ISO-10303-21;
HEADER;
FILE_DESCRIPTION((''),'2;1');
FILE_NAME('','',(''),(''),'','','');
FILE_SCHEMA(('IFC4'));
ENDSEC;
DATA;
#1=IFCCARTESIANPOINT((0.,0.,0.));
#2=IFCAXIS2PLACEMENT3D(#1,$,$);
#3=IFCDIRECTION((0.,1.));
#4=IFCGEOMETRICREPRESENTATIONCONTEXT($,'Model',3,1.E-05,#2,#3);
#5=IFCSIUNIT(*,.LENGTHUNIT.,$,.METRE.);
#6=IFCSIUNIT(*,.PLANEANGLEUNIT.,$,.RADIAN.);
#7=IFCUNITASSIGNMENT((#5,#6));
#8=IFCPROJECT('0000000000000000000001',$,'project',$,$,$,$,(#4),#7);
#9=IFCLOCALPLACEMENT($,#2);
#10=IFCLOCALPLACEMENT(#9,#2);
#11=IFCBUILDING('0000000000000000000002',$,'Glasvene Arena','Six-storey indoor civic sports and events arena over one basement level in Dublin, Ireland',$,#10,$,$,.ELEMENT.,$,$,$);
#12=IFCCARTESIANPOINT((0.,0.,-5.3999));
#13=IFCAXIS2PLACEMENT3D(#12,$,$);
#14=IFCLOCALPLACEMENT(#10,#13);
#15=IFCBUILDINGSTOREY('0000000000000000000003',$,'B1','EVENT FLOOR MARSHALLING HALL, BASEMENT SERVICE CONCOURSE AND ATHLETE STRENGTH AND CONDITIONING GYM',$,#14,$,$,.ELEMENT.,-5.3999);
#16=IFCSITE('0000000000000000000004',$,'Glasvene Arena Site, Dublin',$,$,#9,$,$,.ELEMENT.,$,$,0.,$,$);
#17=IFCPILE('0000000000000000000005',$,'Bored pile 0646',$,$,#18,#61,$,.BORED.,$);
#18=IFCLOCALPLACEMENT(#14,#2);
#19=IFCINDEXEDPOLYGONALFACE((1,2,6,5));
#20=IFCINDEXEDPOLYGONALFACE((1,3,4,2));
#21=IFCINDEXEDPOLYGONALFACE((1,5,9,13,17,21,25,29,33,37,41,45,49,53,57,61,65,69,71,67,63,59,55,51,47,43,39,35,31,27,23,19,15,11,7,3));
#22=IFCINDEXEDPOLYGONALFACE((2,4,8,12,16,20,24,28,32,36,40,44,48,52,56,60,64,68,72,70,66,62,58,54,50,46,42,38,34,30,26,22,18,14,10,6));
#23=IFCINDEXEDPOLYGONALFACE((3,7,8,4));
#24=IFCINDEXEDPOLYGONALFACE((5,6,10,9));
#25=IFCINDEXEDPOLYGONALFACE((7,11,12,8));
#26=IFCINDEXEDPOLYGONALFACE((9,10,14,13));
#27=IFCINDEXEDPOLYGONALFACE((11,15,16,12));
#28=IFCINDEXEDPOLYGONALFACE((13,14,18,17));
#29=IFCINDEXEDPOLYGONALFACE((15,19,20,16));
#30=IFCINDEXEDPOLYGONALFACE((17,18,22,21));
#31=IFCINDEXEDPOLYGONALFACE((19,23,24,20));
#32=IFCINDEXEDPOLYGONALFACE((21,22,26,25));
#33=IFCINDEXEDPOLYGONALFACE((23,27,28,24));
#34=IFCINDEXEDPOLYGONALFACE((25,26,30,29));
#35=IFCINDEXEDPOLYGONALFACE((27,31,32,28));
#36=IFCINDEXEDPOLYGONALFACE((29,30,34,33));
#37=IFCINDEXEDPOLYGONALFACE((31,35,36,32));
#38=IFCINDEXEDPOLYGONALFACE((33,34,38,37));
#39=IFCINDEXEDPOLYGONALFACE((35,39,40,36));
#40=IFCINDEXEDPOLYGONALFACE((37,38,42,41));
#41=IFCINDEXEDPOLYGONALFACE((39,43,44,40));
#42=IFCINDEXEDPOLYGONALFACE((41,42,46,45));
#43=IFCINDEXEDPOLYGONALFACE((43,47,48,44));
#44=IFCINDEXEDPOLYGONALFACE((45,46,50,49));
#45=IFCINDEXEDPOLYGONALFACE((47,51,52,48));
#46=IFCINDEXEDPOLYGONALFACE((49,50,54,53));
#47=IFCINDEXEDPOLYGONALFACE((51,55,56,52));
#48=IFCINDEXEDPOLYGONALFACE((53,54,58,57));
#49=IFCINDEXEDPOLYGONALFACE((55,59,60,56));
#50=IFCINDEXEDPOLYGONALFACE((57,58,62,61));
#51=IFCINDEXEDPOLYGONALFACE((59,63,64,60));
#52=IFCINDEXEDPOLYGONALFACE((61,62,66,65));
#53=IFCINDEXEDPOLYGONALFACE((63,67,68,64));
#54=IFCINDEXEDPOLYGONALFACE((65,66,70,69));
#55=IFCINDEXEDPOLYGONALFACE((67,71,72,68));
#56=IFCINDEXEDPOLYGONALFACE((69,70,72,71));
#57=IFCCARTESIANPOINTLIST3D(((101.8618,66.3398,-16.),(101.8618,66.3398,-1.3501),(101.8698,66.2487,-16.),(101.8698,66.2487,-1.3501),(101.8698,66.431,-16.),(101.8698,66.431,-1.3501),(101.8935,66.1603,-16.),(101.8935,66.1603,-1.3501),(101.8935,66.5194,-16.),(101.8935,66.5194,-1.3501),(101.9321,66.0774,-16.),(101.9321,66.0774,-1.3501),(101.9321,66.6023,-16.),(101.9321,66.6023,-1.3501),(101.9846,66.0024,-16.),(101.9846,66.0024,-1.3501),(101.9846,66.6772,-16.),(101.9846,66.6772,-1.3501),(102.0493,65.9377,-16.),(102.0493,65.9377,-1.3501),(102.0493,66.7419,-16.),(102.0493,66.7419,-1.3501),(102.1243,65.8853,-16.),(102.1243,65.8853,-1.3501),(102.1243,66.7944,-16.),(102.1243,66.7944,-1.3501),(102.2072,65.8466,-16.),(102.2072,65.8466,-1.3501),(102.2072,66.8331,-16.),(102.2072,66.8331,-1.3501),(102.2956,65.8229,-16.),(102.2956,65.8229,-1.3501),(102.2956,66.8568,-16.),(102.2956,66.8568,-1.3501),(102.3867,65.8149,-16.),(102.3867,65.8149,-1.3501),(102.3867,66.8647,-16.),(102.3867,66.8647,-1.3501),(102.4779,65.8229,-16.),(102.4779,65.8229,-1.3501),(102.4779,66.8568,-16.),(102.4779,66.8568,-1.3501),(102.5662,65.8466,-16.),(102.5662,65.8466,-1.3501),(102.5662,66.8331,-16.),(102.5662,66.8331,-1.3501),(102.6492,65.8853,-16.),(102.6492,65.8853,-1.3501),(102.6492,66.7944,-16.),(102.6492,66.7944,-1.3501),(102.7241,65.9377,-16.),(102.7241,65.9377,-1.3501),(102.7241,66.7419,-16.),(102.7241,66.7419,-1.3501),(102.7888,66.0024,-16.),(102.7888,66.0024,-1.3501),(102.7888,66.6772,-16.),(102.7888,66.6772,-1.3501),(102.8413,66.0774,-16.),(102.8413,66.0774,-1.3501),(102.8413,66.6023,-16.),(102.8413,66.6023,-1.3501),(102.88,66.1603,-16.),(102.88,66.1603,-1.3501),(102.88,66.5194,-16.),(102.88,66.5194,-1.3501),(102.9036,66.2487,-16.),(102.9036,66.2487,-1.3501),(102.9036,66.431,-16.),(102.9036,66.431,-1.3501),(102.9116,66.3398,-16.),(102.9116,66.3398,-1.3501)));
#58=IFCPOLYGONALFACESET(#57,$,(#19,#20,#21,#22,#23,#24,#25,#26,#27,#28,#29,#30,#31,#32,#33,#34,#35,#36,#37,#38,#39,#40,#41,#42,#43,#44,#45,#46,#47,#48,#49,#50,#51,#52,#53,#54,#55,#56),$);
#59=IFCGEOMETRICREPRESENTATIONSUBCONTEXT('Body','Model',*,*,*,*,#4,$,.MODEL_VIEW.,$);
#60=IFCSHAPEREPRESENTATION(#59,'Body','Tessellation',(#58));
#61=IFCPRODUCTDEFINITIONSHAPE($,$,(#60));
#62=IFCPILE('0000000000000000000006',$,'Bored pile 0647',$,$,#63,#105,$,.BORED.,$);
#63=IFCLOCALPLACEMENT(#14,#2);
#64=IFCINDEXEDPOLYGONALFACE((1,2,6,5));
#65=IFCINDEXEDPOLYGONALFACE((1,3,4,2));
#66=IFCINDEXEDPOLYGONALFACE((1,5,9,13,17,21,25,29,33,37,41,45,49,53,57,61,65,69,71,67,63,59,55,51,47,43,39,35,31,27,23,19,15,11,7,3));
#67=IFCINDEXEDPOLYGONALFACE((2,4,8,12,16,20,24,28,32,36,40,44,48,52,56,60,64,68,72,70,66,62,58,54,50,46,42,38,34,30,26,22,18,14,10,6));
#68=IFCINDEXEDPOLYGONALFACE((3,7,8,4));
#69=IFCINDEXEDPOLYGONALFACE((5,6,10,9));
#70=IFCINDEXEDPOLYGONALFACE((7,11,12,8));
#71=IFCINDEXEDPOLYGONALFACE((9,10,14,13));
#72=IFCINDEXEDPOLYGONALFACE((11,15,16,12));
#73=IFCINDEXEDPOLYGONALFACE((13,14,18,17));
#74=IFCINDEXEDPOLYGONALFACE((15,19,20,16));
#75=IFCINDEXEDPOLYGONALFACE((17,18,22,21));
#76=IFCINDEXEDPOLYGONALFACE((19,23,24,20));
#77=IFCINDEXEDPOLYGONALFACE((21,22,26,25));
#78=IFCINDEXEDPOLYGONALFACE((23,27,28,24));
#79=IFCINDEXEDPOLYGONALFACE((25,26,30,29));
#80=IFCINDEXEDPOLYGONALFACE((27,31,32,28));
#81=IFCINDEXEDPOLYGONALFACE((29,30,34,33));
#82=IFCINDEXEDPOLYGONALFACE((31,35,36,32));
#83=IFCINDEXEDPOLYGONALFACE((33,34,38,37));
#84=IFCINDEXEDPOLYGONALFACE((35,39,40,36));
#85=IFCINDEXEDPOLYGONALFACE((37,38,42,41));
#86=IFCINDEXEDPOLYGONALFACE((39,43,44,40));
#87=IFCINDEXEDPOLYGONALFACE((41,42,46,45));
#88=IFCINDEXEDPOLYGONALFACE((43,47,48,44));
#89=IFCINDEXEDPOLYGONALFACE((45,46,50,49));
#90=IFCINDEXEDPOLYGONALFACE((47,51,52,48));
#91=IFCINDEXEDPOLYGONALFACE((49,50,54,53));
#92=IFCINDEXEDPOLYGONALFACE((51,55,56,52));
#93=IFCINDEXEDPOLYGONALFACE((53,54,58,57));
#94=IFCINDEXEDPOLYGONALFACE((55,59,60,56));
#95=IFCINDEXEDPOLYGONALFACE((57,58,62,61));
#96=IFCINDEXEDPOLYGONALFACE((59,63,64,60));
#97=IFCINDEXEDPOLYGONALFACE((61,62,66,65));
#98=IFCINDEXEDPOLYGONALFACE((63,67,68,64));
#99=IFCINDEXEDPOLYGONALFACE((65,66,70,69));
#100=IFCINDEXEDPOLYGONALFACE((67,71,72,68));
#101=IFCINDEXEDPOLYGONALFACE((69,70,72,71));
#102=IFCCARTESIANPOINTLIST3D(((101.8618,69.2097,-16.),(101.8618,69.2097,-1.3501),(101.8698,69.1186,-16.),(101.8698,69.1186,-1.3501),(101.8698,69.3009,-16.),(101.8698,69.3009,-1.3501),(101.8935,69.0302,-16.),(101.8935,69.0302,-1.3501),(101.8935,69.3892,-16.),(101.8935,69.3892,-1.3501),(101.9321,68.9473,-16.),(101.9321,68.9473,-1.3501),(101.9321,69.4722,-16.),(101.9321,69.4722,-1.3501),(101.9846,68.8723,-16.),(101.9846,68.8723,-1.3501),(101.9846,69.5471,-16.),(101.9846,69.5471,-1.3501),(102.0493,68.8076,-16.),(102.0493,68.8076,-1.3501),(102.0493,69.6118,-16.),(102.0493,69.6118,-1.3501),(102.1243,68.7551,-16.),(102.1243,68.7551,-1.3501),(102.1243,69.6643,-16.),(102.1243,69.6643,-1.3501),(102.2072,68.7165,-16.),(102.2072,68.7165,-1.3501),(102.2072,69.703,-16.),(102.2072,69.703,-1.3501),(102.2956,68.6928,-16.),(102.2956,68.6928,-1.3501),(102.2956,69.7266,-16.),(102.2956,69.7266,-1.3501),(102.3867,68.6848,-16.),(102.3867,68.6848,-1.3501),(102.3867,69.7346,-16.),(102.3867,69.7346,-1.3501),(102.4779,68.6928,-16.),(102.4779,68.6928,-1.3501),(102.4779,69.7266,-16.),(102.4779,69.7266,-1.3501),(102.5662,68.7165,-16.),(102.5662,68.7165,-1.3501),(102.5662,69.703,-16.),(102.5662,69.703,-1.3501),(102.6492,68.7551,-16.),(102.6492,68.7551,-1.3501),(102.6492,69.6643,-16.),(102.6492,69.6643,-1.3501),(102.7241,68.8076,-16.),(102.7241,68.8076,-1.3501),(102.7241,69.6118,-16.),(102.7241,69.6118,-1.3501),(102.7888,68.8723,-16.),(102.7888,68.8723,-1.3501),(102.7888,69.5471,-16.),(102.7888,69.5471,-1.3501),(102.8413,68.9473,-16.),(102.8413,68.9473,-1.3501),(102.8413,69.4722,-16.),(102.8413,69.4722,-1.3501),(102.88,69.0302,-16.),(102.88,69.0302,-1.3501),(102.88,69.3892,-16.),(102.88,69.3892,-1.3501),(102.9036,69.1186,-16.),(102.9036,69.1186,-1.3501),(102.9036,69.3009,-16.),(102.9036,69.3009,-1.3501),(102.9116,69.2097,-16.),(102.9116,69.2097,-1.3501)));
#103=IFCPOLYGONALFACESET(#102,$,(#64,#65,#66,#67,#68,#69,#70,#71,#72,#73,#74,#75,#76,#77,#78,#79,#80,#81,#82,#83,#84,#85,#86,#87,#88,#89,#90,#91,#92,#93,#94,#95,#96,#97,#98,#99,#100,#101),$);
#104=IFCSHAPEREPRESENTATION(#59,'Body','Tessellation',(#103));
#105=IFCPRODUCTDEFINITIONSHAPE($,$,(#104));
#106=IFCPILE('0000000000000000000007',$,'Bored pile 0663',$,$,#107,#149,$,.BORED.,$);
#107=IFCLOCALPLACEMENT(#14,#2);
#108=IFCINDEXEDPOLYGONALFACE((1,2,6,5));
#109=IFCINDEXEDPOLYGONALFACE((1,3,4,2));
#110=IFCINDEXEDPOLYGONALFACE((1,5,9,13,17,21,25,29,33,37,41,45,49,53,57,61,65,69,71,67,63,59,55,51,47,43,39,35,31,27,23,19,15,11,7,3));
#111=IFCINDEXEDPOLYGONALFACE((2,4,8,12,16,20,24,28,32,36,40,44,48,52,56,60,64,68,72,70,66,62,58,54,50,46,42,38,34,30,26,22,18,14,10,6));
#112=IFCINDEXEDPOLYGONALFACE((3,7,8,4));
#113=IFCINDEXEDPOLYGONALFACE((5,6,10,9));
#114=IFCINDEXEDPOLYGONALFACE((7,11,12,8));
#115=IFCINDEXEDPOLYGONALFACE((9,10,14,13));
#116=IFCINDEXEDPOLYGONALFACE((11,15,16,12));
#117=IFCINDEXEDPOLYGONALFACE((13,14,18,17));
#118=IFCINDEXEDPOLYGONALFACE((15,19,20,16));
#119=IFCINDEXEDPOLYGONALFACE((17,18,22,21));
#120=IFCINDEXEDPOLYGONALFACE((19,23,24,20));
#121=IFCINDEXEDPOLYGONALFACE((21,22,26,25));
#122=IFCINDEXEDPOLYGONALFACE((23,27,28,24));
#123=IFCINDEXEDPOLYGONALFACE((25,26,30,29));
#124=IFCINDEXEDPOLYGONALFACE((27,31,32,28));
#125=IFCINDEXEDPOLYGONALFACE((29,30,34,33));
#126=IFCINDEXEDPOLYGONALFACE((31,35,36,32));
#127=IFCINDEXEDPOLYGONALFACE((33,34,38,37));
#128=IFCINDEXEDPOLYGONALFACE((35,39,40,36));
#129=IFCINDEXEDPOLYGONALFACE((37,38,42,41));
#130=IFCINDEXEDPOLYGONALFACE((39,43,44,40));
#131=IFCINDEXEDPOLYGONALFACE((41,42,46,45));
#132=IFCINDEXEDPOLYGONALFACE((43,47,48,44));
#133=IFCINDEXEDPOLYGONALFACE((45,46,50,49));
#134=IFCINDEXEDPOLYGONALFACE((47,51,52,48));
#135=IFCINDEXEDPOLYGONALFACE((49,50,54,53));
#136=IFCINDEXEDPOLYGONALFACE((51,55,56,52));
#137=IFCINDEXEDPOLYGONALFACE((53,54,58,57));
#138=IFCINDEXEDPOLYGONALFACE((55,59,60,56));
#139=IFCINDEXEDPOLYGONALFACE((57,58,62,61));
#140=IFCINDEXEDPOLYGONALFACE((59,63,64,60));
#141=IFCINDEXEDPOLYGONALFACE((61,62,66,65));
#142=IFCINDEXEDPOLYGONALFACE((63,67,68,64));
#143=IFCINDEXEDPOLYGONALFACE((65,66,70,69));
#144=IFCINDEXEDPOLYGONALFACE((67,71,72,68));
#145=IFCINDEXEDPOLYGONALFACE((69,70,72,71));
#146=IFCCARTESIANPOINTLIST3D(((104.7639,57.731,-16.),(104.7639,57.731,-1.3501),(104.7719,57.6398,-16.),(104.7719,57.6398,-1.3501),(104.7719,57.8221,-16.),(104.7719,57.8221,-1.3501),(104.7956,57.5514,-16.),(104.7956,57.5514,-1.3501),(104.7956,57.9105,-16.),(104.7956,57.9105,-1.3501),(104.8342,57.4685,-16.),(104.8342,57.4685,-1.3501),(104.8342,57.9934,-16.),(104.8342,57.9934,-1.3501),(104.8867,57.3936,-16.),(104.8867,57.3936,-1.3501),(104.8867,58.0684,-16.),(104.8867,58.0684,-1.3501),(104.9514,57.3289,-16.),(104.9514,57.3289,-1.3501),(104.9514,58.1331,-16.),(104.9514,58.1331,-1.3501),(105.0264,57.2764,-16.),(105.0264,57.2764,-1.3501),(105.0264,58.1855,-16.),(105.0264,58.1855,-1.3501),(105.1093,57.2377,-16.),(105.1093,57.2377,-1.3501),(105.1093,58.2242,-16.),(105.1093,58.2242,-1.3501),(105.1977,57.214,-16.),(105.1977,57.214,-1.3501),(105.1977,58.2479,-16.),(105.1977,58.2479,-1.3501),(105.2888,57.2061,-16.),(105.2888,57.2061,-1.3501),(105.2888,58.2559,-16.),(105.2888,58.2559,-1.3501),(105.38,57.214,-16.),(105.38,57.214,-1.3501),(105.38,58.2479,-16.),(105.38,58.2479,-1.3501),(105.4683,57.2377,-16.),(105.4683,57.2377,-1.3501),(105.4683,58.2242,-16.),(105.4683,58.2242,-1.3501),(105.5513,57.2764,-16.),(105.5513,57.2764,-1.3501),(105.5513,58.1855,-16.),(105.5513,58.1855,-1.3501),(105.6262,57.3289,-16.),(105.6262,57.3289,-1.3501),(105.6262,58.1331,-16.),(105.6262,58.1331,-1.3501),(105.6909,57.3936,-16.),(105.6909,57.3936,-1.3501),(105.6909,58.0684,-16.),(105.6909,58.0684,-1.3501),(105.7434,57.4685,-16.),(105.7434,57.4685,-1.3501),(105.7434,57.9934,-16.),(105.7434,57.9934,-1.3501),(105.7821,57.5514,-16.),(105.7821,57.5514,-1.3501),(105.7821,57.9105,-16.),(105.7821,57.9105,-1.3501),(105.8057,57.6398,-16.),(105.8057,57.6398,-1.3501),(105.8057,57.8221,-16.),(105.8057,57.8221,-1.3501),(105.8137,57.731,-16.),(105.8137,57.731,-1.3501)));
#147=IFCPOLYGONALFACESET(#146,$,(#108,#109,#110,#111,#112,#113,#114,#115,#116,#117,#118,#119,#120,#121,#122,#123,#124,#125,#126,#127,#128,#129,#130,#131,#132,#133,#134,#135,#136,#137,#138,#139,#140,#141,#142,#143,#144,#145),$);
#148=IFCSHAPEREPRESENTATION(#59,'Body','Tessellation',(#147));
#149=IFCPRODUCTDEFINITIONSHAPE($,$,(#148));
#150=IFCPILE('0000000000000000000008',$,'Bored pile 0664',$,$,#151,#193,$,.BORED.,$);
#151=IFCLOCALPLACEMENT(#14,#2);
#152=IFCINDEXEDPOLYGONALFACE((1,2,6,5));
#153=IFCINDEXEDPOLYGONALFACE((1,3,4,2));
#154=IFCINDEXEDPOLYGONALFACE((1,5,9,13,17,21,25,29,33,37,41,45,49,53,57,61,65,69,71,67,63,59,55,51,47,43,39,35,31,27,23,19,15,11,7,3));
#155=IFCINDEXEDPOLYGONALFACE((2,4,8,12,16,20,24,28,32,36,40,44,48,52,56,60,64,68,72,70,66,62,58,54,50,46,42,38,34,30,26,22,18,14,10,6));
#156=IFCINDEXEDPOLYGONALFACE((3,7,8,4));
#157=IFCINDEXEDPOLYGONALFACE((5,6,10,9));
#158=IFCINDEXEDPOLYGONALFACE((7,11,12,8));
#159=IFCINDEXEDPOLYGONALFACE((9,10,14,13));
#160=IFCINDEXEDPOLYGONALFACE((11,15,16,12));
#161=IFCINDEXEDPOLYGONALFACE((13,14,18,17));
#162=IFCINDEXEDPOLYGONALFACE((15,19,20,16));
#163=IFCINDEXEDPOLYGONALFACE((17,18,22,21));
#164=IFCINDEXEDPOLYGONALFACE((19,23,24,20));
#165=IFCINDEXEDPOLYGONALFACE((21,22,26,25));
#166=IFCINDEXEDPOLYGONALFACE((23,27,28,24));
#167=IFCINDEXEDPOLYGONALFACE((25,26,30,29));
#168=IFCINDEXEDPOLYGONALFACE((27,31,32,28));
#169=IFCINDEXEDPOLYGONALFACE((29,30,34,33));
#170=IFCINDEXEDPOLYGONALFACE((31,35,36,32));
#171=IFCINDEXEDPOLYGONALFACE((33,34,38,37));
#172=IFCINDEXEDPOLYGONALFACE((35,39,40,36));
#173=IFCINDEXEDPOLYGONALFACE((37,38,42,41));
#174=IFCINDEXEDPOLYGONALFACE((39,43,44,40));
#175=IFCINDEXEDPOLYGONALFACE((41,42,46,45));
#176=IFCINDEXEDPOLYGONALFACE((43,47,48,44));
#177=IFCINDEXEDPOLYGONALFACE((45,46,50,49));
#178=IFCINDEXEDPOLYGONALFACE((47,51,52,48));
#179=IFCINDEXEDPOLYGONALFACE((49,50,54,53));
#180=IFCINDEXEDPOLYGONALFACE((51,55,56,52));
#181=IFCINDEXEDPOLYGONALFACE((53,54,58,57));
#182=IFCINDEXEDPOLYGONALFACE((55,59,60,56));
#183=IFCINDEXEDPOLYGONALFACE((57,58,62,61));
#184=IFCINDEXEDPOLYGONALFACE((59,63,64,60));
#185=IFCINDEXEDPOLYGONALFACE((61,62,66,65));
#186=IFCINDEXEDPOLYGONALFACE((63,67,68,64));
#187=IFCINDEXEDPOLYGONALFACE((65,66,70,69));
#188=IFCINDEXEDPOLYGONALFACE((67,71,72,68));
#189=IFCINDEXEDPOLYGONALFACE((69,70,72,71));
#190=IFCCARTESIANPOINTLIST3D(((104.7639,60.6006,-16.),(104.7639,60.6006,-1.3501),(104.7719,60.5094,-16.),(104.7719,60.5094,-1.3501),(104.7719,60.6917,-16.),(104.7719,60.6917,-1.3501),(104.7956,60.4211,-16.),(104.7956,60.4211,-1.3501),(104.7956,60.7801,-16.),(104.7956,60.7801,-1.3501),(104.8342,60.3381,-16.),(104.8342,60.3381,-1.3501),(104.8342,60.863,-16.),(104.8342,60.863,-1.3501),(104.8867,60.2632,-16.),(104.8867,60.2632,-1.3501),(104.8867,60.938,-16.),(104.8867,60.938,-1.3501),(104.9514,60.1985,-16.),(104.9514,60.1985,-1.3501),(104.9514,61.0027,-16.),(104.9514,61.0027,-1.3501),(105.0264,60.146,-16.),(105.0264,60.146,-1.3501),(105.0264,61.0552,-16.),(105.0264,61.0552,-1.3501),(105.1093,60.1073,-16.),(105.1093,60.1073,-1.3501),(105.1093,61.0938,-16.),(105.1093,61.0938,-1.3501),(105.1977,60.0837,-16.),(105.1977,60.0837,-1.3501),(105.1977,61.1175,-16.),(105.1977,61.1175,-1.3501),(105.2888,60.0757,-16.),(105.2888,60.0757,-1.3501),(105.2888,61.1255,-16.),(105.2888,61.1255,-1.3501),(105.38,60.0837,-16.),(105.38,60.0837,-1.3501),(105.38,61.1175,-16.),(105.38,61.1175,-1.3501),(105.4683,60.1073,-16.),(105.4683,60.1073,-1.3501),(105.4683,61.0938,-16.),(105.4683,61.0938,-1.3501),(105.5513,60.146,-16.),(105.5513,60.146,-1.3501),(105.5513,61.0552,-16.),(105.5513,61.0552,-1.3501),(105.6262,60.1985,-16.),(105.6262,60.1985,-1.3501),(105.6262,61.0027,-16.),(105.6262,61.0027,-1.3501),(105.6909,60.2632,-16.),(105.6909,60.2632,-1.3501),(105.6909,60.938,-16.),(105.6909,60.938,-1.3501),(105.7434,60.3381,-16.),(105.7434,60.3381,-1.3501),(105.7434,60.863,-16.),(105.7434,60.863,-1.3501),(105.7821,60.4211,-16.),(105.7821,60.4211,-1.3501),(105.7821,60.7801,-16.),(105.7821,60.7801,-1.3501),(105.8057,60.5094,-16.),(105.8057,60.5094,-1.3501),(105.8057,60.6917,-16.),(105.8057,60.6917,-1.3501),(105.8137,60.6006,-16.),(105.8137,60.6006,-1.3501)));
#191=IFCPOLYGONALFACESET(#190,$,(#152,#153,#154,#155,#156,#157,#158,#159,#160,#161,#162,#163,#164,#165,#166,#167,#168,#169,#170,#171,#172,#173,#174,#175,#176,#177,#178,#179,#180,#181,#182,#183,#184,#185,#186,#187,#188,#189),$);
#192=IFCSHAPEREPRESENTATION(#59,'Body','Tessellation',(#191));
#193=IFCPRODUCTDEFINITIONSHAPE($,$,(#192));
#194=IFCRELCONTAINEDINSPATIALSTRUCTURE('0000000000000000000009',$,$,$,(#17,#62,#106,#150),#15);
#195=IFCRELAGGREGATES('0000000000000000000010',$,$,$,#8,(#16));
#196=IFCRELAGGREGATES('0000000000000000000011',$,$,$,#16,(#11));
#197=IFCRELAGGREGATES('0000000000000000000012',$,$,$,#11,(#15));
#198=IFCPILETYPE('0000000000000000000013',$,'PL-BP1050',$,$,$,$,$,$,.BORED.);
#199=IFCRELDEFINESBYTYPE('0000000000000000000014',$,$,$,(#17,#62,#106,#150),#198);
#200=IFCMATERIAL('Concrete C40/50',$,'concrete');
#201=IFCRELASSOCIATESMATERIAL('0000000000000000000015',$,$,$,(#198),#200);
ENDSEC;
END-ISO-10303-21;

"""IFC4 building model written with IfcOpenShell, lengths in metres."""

from ifc_helpers import new_model, si_unit, direction, frame, origin, origin_2d, place, context, subcontext, project, spatial, circle, extrude, material, material_profile, profile_set, type_object, element, save


model = new_model("IFC4")

# Units and contexts
model_context = context("Model", 3, precision=1e-05, world=origin(), true_north=direction((0.0, 1.0)))
body_context = subcontext(model_context, "Body", "Model", "MODEL_VIEW")
ifc_project = project(units=[si_unit("LENGTHUNIT", "METRE"), si_unit("PLANEANGLEUNIT", "RADIAN")], contexts=[model_context])

# Site, building, storey
site_placement = place(None, origin())
site = spatial("IfcSite", under=ifc_project, at=site_placement, Name="Glasvene Arena Site, Dublin", CompositionType="ELEMENT", RefElevation=0.0)
building_placement = place(site_placement, origin())
building = spatial("IfcBuilding", under=site, at=building_placement, Name="Glasvene Arena", Description="Six-storey indoor civic sports and events arena over one basement level in Dublin, Ireland", CompositionType="ELEMENT")
storey_placement = place(building_placement, frame((0.0, 0.0, -5.3999)))
storey = spatial("IfcBuildingStorey", under=building, at=storey_placement, Name="B1", Description="EVENT FLOOR MARSHALLING HALL, BASEMENT SERVICE CONCOURSE AND ATHLETE STRENGTH AND CONDITIONING GYM", CompositionType="ELEMENT", Elevation=-5.3999)

# Piles
ifc_material = material(Name="Concrete C40/50", Category="concrete")
ifc_material_profile_1 = material_profile(ifc_material, circle(Radius=0.5249, at=origin_2d()), Name="BORED PILE 1050")
ifc_profile_set_1 = profile_set([ifc_material_profile_1], Name="Concrete C40/50")
pile_type = type_object("IfcPileType", Name="PL-BP1050", PredefinedType="BORED", material=ifc_profile_set_1)
for number, where, z_axis, x_axis, name in (
    (1, (102.3867, 66.3398, -1.3501), (0.0, 0.0, -1.0), (1.0, 0.0, 0.0), "Bored pile 0646"),
    (2, (102.3867, 69.2097, -1.3501), (0.0, 0.0, -1.0), (1.0, 0.0, 0.0), "Bored pile 0647"),
    (3, (105.2888, 57.731, -1.3501), (0.0, 0.0, -1.0), (1.0, 0.0, 0.0), "Bored pile 0663"),
    (4, (105.2888, 60.6006, -1.3501), (0.0, 0.0, -1.0), (1.0, 0.0, 0.0), "Bored pile 0664"),
):
    element("IfcPile", number, at=place(storey_placement, frame(where, z_axis=z_axis, x_axis=x_axis)), inside=storey, type_object=pile_type, Name=name, PredefinedType="BORED", context=body_context, shape_type="SweptSolid", body=[
        extrude(circle(Radius=0.5249, at=origin_2d()), origin(), (0.0, 0.0, 1.0), 14.6499),
    ])

save(model, "model.ifc")
